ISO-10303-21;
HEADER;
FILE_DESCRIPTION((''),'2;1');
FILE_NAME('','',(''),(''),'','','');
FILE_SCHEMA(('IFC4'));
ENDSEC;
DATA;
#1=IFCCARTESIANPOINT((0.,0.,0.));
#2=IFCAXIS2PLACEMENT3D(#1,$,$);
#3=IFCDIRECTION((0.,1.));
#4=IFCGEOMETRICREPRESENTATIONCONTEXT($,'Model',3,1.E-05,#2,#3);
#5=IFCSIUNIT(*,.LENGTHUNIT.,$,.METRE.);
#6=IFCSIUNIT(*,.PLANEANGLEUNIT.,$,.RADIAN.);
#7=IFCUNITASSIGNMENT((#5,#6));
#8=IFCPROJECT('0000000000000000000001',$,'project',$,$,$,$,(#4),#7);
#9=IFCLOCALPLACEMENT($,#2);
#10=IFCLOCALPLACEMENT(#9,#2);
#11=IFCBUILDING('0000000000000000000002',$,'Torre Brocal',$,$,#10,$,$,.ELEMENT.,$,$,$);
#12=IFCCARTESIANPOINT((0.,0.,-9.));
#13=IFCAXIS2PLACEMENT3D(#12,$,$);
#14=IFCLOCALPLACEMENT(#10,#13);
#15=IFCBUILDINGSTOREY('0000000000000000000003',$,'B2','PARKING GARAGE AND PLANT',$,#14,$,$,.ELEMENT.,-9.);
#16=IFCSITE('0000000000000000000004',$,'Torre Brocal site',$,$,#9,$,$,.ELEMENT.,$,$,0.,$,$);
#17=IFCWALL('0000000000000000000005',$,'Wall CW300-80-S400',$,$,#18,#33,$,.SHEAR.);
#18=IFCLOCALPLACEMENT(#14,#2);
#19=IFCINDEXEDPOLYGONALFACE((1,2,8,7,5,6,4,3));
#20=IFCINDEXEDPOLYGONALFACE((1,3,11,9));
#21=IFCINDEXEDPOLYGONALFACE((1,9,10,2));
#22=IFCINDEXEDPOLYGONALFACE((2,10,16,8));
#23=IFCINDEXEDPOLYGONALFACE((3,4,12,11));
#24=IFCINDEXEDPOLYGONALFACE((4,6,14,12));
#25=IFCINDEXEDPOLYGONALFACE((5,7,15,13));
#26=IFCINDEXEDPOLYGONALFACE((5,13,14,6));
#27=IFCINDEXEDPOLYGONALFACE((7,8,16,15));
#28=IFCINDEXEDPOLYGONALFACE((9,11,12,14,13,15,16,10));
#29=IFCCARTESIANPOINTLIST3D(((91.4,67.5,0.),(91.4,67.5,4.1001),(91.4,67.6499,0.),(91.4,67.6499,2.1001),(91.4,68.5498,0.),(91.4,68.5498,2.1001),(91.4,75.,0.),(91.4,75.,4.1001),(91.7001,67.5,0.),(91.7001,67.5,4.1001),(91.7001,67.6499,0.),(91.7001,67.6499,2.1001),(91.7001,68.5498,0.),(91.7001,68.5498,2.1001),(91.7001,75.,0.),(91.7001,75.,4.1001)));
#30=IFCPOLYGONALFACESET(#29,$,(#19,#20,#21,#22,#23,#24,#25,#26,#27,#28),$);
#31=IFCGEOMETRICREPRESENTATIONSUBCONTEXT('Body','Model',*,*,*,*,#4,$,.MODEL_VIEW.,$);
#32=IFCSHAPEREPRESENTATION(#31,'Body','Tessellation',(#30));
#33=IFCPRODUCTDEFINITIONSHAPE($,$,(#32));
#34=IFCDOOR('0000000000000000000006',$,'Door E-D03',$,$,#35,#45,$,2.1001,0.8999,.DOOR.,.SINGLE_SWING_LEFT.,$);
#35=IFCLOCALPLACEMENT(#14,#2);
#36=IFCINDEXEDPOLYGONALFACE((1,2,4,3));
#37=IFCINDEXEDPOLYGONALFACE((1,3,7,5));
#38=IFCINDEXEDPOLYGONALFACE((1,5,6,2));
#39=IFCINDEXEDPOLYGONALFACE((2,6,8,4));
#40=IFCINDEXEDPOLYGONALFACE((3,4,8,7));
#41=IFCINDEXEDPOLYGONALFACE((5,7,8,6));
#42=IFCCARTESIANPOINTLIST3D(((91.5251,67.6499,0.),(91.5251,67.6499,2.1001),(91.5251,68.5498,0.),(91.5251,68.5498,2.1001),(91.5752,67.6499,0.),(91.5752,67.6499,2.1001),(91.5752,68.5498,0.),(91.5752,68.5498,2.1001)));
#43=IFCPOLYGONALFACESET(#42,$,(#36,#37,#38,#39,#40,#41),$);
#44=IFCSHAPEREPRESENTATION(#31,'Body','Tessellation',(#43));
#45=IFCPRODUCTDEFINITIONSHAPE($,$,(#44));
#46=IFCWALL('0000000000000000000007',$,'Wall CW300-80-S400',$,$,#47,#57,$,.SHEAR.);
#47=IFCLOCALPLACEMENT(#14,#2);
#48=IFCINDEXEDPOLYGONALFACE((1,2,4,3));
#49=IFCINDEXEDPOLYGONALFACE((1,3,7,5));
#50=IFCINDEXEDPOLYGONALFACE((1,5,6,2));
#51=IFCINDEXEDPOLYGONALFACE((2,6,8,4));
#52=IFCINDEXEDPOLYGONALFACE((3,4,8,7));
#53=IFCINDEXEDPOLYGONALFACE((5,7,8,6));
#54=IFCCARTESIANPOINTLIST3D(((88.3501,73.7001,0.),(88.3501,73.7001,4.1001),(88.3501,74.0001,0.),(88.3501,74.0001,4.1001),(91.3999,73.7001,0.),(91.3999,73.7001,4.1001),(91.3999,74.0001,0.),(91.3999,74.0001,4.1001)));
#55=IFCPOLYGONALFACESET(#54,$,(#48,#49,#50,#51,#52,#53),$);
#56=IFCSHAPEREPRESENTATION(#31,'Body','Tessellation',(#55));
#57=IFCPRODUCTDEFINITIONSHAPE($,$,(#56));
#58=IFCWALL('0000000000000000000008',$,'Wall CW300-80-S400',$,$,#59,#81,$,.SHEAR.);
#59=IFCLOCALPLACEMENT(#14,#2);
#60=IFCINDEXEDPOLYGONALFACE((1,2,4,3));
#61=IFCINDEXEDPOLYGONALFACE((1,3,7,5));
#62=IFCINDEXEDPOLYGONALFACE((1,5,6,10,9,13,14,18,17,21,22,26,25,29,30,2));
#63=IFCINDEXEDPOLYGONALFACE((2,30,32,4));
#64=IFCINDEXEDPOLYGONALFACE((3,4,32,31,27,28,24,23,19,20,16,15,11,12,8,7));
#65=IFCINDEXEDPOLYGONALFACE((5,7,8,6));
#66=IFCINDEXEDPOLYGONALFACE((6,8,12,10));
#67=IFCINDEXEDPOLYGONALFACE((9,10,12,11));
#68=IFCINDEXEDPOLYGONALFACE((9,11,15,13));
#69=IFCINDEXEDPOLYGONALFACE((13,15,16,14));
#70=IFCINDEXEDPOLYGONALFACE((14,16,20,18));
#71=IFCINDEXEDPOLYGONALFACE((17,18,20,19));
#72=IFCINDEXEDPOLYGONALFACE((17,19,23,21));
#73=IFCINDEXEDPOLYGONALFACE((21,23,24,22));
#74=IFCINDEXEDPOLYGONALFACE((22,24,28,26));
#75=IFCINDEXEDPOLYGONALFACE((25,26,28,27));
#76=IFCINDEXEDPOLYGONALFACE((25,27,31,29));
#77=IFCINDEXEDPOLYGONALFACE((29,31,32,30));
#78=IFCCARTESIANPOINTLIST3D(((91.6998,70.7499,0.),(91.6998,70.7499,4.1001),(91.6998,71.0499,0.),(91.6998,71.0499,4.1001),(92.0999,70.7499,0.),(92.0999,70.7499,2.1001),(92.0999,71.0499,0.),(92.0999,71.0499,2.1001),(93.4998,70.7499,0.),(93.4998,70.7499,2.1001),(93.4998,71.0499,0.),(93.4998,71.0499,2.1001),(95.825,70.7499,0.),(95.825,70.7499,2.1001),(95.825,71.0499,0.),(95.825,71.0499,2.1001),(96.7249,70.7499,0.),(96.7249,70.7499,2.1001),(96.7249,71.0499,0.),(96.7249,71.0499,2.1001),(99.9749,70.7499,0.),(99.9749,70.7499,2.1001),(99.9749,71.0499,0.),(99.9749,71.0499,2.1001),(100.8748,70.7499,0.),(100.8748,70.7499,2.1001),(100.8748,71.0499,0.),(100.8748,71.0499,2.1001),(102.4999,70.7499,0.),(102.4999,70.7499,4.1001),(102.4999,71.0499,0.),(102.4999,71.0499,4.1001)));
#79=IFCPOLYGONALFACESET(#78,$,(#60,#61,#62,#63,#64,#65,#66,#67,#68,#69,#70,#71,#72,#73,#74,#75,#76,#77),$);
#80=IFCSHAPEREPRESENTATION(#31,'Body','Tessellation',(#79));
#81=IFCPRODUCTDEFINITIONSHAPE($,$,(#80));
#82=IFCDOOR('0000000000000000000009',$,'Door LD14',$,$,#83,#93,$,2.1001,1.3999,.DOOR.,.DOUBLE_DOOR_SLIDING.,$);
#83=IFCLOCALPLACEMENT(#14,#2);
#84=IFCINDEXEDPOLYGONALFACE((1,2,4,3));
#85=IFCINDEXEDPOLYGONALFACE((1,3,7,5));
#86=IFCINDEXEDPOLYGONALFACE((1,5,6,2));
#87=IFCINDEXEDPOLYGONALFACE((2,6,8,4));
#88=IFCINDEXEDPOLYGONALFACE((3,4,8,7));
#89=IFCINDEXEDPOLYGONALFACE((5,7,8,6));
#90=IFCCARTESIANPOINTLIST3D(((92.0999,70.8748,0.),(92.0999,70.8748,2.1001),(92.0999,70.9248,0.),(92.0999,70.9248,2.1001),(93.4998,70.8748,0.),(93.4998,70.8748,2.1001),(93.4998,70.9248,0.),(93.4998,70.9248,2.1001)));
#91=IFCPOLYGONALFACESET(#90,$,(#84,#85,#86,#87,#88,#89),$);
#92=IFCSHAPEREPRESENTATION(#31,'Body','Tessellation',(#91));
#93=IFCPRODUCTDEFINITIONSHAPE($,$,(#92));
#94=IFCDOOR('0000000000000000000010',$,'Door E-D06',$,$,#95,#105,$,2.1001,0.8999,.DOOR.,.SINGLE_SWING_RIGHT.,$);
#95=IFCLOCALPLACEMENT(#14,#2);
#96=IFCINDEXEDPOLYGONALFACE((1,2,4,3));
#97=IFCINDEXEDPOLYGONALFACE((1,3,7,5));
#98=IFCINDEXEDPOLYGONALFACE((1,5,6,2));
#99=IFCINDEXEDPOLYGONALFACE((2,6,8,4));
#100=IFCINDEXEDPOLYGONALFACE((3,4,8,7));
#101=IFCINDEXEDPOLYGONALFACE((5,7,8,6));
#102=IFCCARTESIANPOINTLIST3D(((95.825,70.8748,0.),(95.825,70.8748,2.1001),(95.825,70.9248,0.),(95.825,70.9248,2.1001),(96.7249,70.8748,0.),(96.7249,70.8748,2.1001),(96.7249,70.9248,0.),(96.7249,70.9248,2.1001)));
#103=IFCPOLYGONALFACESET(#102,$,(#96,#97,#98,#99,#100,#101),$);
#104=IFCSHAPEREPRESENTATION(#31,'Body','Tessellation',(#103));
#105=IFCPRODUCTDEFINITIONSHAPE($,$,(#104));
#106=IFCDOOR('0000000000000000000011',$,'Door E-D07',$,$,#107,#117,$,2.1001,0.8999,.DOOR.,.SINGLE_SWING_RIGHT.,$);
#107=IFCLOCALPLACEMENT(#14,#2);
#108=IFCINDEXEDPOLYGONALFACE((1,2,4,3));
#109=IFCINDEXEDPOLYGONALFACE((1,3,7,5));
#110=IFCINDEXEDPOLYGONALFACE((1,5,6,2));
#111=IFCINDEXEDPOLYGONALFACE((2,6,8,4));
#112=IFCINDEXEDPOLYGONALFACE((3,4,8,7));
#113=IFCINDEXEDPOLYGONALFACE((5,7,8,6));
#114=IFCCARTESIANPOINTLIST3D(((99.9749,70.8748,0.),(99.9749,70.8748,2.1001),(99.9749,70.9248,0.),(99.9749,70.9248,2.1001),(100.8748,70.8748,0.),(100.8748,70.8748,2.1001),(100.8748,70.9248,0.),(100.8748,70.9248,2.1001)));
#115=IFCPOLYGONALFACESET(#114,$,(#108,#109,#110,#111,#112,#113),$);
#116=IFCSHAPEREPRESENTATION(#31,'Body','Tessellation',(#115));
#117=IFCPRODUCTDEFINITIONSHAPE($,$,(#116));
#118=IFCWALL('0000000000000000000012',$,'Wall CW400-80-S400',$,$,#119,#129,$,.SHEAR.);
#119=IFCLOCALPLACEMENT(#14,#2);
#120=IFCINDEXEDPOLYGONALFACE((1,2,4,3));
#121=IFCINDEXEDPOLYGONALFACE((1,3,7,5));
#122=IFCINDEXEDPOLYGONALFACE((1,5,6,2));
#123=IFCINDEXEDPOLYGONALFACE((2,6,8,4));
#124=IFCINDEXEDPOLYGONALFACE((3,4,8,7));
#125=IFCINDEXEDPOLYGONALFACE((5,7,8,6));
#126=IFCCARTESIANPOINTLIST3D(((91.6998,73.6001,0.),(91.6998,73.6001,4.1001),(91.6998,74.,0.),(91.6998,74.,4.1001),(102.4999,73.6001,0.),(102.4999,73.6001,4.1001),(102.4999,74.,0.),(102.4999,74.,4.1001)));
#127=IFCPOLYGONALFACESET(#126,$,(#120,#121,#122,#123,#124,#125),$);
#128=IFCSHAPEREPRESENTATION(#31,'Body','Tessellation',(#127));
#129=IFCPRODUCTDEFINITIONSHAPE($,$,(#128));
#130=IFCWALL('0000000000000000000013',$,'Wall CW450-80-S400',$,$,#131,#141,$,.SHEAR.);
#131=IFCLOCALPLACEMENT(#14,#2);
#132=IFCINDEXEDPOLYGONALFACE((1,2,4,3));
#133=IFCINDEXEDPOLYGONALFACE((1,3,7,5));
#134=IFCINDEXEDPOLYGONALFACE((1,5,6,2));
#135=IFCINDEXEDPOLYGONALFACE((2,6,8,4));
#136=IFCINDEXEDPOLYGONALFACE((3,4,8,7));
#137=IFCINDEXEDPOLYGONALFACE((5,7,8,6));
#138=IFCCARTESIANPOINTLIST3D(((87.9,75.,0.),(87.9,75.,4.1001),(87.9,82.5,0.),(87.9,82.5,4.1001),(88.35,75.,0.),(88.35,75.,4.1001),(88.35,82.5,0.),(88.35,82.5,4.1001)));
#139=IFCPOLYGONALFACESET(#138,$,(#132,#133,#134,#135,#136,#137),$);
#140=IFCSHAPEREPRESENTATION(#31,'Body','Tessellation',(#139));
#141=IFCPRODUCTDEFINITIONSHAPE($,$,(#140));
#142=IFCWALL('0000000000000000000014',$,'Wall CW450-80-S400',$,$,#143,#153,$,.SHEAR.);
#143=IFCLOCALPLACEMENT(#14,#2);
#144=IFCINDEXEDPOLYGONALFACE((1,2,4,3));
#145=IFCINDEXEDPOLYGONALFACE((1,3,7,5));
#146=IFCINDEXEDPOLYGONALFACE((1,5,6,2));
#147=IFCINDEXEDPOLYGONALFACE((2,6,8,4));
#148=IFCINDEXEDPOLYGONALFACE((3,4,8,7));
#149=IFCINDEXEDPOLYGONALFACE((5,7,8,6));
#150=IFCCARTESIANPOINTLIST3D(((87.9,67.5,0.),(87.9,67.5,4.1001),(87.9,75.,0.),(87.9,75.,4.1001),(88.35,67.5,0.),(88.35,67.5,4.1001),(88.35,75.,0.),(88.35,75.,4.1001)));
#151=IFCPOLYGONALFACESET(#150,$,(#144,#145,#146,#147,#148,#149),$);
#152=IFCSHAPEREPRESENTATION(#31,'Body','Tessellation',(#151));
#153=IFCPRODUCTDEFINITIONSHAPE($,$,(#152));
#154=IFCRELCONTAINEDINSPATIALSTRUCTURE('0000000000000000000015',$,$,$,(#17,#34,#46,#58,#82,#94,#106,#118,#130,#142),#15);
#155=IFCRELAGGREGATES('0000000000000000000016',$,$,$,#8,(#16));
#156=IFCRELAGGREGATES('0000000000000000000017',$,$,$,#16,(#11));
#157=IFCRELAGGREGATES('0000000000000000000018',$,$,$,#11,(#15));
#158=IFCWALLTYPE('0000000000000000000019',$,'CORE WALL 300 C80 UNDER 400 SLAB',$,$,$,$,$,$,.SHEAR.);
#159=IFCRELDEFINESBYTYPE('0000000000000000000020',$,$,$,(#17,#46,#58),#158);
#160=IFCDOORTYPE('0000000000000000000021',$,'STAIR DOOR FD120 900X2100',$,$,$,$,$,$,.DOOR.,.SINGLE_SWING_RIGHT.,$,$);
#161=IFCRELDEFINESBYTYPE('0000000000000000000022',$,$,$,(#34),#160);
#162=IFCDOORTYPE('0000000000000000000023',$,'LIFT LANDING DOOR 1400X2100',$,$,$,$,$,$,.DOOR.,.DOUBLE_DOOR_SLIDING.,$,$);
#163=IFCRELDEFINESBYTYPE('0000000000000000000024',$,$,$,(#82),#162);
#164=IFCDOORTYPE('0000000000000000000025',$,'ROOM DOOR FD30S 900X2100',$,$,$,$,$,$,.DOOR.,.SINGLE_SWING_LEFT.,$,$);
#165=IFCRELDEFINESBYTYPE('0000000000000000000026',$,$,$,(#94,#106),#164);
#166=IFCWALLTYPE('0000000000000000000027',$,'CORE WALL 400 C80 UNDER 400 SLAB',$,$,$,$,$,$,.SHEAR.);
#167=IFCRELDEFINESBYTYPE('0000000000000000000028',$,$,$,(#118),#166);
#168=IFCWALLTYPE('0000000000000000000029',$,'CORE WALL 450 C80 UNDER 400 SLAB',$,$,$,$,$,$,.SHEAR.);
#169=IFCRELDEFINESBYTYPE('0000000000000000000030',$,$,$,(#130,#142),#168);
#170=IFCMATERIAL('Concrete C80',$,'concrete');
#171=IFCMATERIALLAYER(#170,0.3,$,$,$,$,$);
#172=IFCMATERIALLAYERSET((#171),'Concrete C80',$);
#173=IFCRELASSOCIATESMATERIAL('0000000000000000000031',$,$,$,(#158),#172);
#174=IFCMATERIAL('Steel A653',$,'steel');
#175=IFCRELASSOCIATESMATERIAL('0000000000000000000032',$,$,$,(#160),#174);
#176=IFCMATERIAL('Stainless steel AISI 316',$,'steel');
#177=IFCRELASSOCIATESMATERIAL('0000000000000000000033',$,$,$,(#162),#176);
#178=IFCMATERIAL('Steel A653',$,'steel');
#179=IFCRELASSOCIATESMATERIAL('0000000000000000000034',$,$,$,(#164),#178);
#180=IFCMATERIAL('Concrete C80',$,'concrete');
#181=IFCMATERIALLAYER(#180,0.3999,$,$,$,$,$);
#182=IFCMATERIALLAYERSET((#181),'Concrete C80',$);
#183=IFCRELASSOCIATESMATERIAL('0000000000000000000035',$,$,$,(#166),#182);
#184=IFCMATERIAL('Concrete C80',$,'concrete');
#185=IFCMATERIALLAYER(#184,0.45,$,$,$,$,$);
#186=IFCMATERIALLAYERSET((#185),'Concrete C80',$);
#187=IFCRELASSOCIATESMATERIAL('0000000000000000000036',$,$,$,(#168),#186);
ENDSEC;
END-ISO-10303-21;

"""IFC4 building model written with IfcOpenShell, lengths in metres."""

from ifc_helpers import new_model, si_unit, direction, frame, frame_2d, origin, place, context, subcontext, project, spatial, rectangle, extrude, material, layer, layer_set, type_object, element, fill, save


model = new_model("IFC4")

# Units and contexts
model_context = context("Model", 3, precision=1e-05, world=origin(), true_north=direction((0.0, 1.0)))
body_context = subcontext(model_context, "Body", "Model", "MODEL_VIEW")
ifc_project = project(units=[si_unit("LENGTHUNIT", "METRE"), si_unit("PLANEANGLEUNIT", "RADIAN")], contexts=[model_context])

# Site, building, storey
site_placement = place(None, origin())
site = spatial("IfcSite", under=ifc_project, at=site_placement, Name="Torre Brocal site", CompositionType="ELEMENT", RefElevation=0.0)
building_placement = place(site_placement, origin())
building = spatial("IfcBuilding", under=site, at=building_placement, Name="Torre Brocal", CompositionType="ELEMENT")
storey_placement = place(building_placement, frame((0.0, 0.0, -9.0)))
storey = spatial("IfcBuildingStorey", under=building, at=storey_placement, Name="B2", Description="PARKING GARAGE AND PLANT", CompositionType="ELEMENT", Elevation=-9.0)

# Wall, opening, door
ifc_material_1 = material(Name="Concrete C80", Category="concrete")
ifc_layer_1 = layer(ifc_material_1, 0.3)
ifc_layer_set_1 = layer_set([ifc_layer_1], Name="Concrete C80")
wall_type_1 = type_object("IfcWallType", Name="CORE WALL 300 C80 UNDER 400 SLAB", PredefinedType="SHEAR", material=ifc_layer_set_1)
ifc_material_2 = material(Name="Steel A653", Category="steel")
door_type_1 = type_object("IfcDoorType", Name="STAIR DOOR FD120 900X2100", OperationType="SINGLE_SWING_RIGHT", PredefinedType="DOOR", material=ifc_material_2)
wall_1_placement = place(storey_placement, frame((91.55, 67.5, 0.0), z_axis=(0.0, 0.0, 1.0), x_axis=(0.0, 1.0, 0.0)))
wall_1 = element("IfcWall", 1, at=wall_1_placement, inside=storey, type_object=wall_type_1, Name="Wall CW300-80-S400", PredefinedType="SHEAR", context=body_context, shape_type="SweptSolid", body=[
    extrude(rectangle(XDim=7.5, YDim=0.3, at=frame_2d((3.75, 0.0))), origin(), (0.0, 0.0, 1.0), 4.1001),
])
opening_1_placement = place(wall_1_placement, frame((0.1499, 0.0, 0.0)))
opening_1 = element("IfcOpeningElement", 2, at=opening_1_placement, cuts=wall_1, PredefinedType="OPENING", context=body_context, shape_type="SweptSolid", body=[
    extrude(rectangle(XDim=0.8999, YDim=2.1001, at=frame_2d((0.45, 1.05))), frame((0.0, 0.1599, 0.0), z_axis=(0.0, -1.0, 0.0), x_axis=(1.0, 0.0, 0.0)), (0.0, 0.0, 1.0), 0.3201),
])
door_1_placement = place(opening_1_placement, origin())
door_1 = element("IfcDoor", 3, at=door_1_placement, inside=storey, type_object=door_type_1, Name="Door E-D03", OperationType="SINGLE_SWING_LEFT", OverallHeight=2.1001, OverallWidth=0.8999, PredefinedType="DOOR", context=body_context, shape_type="SweptSolid", body=[
    extrude(rectangle(XDim=0.8999, YDim=2.1001, at=frame_2d((0.45, 1.05))), frame((0.0, 0.0249, 0.0), z_axis=(0.0, -1.0, 0.0), x_axis=(1.0, 0.0, 0.0)), (0.0, 0.0, 1.0), 0.05),
])
fill(opening_1, door_1)

# Wall
wall_2_placement = place(storey_placement, frame((88.3501, 73.8501, 0.0), z_axis=(0.0, 0.0, 1.0), x_axis=(1.0, 0.0, 0.0)))
element("IfcWall", 4, at=wall_2_placement, inside=storey, type_object=wall_type_1, Name="Wall CW300-80-S400", PredefinedType="SHEAR", context=body_context, shape_type="SweptSolid", body=[
    extrude(rectangle(XDim=3.0498, YDim=0.3, at=frame_2d((1.5249, 0.0))), origin(), (0.0, 0.0, 1.0), 4.1001),
])

# Wall, openings, doors
wall_3_placement = place(storey_placement, frame((91.7, 70.8999, 0.0), z_axis=(0.0, 0.0, 1.0), x_axis=(1.0, 0.0, 0.0)))
wall_3 = element("IfcWall", 5, at=wall_3_placement, inside=storey, type_object=wall_type_1, Name="Wall CW300-80-S400", PredefinedType="SHEAR", context=body_context, shape_type="SweptSolid", body=[
    extrude(rectangle(XDim=10.8, YDim=0.3, at=frame_2d((5.3999, 0.0))), origin(), (0.0, 0.0, 1.0), 4.1001),
])
opening_2_placement = place(wall_3_placement, frame((0.3999, 0.0, 0.0)))
opening_2 = element("IfcOpeningElement", 6, at=opening_2_placement, cuts=wall_3, PredefinedType="OPENING", context=body_context, shape_type="SweptSolid", body=[
    extrude(rectangle(XDim=1.3999, YDim=2.1001, at=frame_2d((0.7, 1.05))), frame((0.0, 0.1599, 0.0), z_axis=(0.0, -1.0, 0.0), x_axis=(1.0, 0.0, 0.0)), (0.0, 0.0, 1.0), 0.3201),
])
opening_3_placement = place(wall_3_placement, frame((4.125, 0.0, 0.0)))
opening_3 = element("IfcOpeningElement", 7, at=opening_3_placement, cuts=wall_3, PredefinedType="OPENING", context=body_context, shape_type="SweptSolid", body=[
    extrude(rectangle(XDim=0.8999, YDim=2.1001, at=frame_2d((0.45, 1.05))), frame((0.0, 0.1599, 0.0), z_axis=(0.0, -1.0, 0.0), x_axis=(1.0, 0.0, 0.0)), (0.0, 0.0, 1.0), 0.3201),
])
opening_4_placement = place(wall_3_placement, frame((8.2749, 0.0, 0.0)))
opening_4 = element("IfcOpeningElement", 8, at=opening_4_placement, cuts=wall_3, PredefinedType="OPENING", context=body_context, shape_type="SweptSolid", body=[
    extrude(rectangle(XDim=0.8999, YDim=2.1001, at=frame_2d((0.45, 1.05))), frame((0.0, 0.1599, 0.0), z_axis=(0.0, -1.0, 0.0), x_axis=(1.0, 0.0, 0.0)), (0.0, 0.0, 1.0), 0.3201),
])
ifc_material_3 = material(Name="Stainless steel AISI 316", Category="steel")
door_type_2 = type_object("IfcDoorType", Name="LIFT LANDING DOOR 1400X2100", OperationType="DOUBLE_DOOR_SLIDING", PredefinedType="DOOR", material=ifc_material_3)
door_2_placement = place(opening_2_placement, origin())
door_2 = element("IfcDoor", 9, at=door_2_placement, inside=storey, type_object=door_type_2, Name="Door LD14", OperationType="DOUBLE_DOOR_SLIDING", OverallHeight=2.1001, OverallWidth=1.3999, PredefinedType="DOOR", context=body_context, shape_type="SweptSolid", body=[
    extrude(rectangle(XDim=1.3999, YDim=2.1001, at=frame_2d((0.7, 1.05))), frame((0.0, 0.0249, 0.0), z_axis=(0.0, -1.0, 0.0), x_axis=(1.0, 0.0, 0.0)), (0.0, 0.0, 1.0), 0.05),
])
fill(opening_2, door_2)
ifc_material_4 = material(Name="Steel A653", Category="steel")
door_type_3 = type_object("IfcDoorType", Name="ROOM DOOR FD30S 900X2100", OperationType="SINGLE_SWING_LEFT", PredefinedType="DOOR", material=ifc_material_4)
door_3_placement = place(opening_3_placement, origin())
door_3 = element("IfcDoor", 10, at=door_3_placement, inside=storey, type_object=door_type_3, Name="Door E-D06", OperationType="SINGLE_SWING_RIGHT", OverallHeight=2.1001, OverallWidth=0.8999, PredefinedType="DOOR", context=body_context, shape_type="SweptSolid", body=[
    extrude(rectangle(XDim=0.8999, YDim=2.1001, at=frame_2d((0.45, 1.05))), frame((0.0, 0.0249, 0.0), z_axis=(0.0, -1.0, 0.0), x_axis=(1.0, 0.0, 0.0)), (0.0, 0.0, 1.0), 0.05),
])
fill(opening_3, door_3)
door_4_placement = place(opening_4_placement, origin())
door_4 = element("IfcDoor", 11, at=door_4_placement, inside=storey, type_object=door_type_3, Name="Door E-D07", OperationType="SINGLE_SWING_RIGHT", OverallHeight=2.1001, OverallWidth=0.8999, PredefinedType="DOOR", context=body_context, shape_type="SweptSolid", body=[
    extrude(rectangle(XDim=0.8999, YDim=2.1001, at=frame_2d((0.45, 1.05))), frame((0.0, 0.0249, 0.0), z_axis=(0.0, -1.0, 0.0), x_axis=(1.0, 0.0, 0.0)), (0.0, 0.0, 1.0), 0.05),
])
fill(opening_4, door_4)

# Walls
ifc_material_5 = material(Name="Concrete C80", Category="concrete")
ifc_layer_2 = layer(ifc_material_5, 0.3999)
ifc_layer_set_2 = layer_set([ifc_layer_2], Name="Concrete C80")
wall_type_2 = type_object("IfcWallType", Name="CORE WALL 400 C80 UNDER 400 SLAB", PredefinedType="SHEAR", material=ifc_layer_set_2)
wall_4_placement = place(storey_placement, frame((91.7, 73.8, 0.0), z_axis=(0.0, 0.0, 1.0), x_axis=(1.0, 0.0, 0.0)))
element("IfcWall", 12, at=wall_4_placement, inside=storey, type_object=wall_type_2, Name="Wall CW400-80-S400", PredefinedType="SHEAR", context=body_context, shape_type="SweptSolid", body=[
    extrude(rectangle(XDim=10.8, YDim=0.3999, at=frame_2d((5.3999, 0.0))), origin(), (0.0, 0.0, 1.0), 4.1001),
])
ifc_material_6 = material(Name="Concrete C80", Category="concrete")
ifc_layer_3 = layer(ifc_material_6, 0.45)
ifc_layer_set_3 = layer_set([ifc_layer_3], Name="Concrete C80")
wall_type_3 = type_object("IfcWallType", Name="CORE WALL 450 C80 UNDER 400 SLAB", PredefinedType="SHEAR", material=ifc_layer_set_3)
for number, where, z_axis, x_axis, name in (
    (13, (88.125, 75.0, 0.0), (0.0, 0.0, 1.0), (0.0, 1.0, 0.0), "Wall CW450-80-S400"),
    (14, (88.125, 67.5, 0.0), (0.0, 0.0, 1.0), (0.0, 1.0, 0.0), "Wall CW450-80-S400"),
):
    element("IfcWall", number, at=place(storey_placement, frame(where, z_axis=z_axis, x_axis=x_axis)), inside=storey, type_object=wall_type_3, Name=name, PredefinedType="SHEAR", context=body_context, shape_type="SweptSolid", body=[
        extrude(rectangle(XDim=7.5, YDim=0.45, at=frame_2d((3.75, 0.0))), origin(), (0.0, 0.0, 1.0), 4.1001),
    ])

save(model, "model.ifc")
